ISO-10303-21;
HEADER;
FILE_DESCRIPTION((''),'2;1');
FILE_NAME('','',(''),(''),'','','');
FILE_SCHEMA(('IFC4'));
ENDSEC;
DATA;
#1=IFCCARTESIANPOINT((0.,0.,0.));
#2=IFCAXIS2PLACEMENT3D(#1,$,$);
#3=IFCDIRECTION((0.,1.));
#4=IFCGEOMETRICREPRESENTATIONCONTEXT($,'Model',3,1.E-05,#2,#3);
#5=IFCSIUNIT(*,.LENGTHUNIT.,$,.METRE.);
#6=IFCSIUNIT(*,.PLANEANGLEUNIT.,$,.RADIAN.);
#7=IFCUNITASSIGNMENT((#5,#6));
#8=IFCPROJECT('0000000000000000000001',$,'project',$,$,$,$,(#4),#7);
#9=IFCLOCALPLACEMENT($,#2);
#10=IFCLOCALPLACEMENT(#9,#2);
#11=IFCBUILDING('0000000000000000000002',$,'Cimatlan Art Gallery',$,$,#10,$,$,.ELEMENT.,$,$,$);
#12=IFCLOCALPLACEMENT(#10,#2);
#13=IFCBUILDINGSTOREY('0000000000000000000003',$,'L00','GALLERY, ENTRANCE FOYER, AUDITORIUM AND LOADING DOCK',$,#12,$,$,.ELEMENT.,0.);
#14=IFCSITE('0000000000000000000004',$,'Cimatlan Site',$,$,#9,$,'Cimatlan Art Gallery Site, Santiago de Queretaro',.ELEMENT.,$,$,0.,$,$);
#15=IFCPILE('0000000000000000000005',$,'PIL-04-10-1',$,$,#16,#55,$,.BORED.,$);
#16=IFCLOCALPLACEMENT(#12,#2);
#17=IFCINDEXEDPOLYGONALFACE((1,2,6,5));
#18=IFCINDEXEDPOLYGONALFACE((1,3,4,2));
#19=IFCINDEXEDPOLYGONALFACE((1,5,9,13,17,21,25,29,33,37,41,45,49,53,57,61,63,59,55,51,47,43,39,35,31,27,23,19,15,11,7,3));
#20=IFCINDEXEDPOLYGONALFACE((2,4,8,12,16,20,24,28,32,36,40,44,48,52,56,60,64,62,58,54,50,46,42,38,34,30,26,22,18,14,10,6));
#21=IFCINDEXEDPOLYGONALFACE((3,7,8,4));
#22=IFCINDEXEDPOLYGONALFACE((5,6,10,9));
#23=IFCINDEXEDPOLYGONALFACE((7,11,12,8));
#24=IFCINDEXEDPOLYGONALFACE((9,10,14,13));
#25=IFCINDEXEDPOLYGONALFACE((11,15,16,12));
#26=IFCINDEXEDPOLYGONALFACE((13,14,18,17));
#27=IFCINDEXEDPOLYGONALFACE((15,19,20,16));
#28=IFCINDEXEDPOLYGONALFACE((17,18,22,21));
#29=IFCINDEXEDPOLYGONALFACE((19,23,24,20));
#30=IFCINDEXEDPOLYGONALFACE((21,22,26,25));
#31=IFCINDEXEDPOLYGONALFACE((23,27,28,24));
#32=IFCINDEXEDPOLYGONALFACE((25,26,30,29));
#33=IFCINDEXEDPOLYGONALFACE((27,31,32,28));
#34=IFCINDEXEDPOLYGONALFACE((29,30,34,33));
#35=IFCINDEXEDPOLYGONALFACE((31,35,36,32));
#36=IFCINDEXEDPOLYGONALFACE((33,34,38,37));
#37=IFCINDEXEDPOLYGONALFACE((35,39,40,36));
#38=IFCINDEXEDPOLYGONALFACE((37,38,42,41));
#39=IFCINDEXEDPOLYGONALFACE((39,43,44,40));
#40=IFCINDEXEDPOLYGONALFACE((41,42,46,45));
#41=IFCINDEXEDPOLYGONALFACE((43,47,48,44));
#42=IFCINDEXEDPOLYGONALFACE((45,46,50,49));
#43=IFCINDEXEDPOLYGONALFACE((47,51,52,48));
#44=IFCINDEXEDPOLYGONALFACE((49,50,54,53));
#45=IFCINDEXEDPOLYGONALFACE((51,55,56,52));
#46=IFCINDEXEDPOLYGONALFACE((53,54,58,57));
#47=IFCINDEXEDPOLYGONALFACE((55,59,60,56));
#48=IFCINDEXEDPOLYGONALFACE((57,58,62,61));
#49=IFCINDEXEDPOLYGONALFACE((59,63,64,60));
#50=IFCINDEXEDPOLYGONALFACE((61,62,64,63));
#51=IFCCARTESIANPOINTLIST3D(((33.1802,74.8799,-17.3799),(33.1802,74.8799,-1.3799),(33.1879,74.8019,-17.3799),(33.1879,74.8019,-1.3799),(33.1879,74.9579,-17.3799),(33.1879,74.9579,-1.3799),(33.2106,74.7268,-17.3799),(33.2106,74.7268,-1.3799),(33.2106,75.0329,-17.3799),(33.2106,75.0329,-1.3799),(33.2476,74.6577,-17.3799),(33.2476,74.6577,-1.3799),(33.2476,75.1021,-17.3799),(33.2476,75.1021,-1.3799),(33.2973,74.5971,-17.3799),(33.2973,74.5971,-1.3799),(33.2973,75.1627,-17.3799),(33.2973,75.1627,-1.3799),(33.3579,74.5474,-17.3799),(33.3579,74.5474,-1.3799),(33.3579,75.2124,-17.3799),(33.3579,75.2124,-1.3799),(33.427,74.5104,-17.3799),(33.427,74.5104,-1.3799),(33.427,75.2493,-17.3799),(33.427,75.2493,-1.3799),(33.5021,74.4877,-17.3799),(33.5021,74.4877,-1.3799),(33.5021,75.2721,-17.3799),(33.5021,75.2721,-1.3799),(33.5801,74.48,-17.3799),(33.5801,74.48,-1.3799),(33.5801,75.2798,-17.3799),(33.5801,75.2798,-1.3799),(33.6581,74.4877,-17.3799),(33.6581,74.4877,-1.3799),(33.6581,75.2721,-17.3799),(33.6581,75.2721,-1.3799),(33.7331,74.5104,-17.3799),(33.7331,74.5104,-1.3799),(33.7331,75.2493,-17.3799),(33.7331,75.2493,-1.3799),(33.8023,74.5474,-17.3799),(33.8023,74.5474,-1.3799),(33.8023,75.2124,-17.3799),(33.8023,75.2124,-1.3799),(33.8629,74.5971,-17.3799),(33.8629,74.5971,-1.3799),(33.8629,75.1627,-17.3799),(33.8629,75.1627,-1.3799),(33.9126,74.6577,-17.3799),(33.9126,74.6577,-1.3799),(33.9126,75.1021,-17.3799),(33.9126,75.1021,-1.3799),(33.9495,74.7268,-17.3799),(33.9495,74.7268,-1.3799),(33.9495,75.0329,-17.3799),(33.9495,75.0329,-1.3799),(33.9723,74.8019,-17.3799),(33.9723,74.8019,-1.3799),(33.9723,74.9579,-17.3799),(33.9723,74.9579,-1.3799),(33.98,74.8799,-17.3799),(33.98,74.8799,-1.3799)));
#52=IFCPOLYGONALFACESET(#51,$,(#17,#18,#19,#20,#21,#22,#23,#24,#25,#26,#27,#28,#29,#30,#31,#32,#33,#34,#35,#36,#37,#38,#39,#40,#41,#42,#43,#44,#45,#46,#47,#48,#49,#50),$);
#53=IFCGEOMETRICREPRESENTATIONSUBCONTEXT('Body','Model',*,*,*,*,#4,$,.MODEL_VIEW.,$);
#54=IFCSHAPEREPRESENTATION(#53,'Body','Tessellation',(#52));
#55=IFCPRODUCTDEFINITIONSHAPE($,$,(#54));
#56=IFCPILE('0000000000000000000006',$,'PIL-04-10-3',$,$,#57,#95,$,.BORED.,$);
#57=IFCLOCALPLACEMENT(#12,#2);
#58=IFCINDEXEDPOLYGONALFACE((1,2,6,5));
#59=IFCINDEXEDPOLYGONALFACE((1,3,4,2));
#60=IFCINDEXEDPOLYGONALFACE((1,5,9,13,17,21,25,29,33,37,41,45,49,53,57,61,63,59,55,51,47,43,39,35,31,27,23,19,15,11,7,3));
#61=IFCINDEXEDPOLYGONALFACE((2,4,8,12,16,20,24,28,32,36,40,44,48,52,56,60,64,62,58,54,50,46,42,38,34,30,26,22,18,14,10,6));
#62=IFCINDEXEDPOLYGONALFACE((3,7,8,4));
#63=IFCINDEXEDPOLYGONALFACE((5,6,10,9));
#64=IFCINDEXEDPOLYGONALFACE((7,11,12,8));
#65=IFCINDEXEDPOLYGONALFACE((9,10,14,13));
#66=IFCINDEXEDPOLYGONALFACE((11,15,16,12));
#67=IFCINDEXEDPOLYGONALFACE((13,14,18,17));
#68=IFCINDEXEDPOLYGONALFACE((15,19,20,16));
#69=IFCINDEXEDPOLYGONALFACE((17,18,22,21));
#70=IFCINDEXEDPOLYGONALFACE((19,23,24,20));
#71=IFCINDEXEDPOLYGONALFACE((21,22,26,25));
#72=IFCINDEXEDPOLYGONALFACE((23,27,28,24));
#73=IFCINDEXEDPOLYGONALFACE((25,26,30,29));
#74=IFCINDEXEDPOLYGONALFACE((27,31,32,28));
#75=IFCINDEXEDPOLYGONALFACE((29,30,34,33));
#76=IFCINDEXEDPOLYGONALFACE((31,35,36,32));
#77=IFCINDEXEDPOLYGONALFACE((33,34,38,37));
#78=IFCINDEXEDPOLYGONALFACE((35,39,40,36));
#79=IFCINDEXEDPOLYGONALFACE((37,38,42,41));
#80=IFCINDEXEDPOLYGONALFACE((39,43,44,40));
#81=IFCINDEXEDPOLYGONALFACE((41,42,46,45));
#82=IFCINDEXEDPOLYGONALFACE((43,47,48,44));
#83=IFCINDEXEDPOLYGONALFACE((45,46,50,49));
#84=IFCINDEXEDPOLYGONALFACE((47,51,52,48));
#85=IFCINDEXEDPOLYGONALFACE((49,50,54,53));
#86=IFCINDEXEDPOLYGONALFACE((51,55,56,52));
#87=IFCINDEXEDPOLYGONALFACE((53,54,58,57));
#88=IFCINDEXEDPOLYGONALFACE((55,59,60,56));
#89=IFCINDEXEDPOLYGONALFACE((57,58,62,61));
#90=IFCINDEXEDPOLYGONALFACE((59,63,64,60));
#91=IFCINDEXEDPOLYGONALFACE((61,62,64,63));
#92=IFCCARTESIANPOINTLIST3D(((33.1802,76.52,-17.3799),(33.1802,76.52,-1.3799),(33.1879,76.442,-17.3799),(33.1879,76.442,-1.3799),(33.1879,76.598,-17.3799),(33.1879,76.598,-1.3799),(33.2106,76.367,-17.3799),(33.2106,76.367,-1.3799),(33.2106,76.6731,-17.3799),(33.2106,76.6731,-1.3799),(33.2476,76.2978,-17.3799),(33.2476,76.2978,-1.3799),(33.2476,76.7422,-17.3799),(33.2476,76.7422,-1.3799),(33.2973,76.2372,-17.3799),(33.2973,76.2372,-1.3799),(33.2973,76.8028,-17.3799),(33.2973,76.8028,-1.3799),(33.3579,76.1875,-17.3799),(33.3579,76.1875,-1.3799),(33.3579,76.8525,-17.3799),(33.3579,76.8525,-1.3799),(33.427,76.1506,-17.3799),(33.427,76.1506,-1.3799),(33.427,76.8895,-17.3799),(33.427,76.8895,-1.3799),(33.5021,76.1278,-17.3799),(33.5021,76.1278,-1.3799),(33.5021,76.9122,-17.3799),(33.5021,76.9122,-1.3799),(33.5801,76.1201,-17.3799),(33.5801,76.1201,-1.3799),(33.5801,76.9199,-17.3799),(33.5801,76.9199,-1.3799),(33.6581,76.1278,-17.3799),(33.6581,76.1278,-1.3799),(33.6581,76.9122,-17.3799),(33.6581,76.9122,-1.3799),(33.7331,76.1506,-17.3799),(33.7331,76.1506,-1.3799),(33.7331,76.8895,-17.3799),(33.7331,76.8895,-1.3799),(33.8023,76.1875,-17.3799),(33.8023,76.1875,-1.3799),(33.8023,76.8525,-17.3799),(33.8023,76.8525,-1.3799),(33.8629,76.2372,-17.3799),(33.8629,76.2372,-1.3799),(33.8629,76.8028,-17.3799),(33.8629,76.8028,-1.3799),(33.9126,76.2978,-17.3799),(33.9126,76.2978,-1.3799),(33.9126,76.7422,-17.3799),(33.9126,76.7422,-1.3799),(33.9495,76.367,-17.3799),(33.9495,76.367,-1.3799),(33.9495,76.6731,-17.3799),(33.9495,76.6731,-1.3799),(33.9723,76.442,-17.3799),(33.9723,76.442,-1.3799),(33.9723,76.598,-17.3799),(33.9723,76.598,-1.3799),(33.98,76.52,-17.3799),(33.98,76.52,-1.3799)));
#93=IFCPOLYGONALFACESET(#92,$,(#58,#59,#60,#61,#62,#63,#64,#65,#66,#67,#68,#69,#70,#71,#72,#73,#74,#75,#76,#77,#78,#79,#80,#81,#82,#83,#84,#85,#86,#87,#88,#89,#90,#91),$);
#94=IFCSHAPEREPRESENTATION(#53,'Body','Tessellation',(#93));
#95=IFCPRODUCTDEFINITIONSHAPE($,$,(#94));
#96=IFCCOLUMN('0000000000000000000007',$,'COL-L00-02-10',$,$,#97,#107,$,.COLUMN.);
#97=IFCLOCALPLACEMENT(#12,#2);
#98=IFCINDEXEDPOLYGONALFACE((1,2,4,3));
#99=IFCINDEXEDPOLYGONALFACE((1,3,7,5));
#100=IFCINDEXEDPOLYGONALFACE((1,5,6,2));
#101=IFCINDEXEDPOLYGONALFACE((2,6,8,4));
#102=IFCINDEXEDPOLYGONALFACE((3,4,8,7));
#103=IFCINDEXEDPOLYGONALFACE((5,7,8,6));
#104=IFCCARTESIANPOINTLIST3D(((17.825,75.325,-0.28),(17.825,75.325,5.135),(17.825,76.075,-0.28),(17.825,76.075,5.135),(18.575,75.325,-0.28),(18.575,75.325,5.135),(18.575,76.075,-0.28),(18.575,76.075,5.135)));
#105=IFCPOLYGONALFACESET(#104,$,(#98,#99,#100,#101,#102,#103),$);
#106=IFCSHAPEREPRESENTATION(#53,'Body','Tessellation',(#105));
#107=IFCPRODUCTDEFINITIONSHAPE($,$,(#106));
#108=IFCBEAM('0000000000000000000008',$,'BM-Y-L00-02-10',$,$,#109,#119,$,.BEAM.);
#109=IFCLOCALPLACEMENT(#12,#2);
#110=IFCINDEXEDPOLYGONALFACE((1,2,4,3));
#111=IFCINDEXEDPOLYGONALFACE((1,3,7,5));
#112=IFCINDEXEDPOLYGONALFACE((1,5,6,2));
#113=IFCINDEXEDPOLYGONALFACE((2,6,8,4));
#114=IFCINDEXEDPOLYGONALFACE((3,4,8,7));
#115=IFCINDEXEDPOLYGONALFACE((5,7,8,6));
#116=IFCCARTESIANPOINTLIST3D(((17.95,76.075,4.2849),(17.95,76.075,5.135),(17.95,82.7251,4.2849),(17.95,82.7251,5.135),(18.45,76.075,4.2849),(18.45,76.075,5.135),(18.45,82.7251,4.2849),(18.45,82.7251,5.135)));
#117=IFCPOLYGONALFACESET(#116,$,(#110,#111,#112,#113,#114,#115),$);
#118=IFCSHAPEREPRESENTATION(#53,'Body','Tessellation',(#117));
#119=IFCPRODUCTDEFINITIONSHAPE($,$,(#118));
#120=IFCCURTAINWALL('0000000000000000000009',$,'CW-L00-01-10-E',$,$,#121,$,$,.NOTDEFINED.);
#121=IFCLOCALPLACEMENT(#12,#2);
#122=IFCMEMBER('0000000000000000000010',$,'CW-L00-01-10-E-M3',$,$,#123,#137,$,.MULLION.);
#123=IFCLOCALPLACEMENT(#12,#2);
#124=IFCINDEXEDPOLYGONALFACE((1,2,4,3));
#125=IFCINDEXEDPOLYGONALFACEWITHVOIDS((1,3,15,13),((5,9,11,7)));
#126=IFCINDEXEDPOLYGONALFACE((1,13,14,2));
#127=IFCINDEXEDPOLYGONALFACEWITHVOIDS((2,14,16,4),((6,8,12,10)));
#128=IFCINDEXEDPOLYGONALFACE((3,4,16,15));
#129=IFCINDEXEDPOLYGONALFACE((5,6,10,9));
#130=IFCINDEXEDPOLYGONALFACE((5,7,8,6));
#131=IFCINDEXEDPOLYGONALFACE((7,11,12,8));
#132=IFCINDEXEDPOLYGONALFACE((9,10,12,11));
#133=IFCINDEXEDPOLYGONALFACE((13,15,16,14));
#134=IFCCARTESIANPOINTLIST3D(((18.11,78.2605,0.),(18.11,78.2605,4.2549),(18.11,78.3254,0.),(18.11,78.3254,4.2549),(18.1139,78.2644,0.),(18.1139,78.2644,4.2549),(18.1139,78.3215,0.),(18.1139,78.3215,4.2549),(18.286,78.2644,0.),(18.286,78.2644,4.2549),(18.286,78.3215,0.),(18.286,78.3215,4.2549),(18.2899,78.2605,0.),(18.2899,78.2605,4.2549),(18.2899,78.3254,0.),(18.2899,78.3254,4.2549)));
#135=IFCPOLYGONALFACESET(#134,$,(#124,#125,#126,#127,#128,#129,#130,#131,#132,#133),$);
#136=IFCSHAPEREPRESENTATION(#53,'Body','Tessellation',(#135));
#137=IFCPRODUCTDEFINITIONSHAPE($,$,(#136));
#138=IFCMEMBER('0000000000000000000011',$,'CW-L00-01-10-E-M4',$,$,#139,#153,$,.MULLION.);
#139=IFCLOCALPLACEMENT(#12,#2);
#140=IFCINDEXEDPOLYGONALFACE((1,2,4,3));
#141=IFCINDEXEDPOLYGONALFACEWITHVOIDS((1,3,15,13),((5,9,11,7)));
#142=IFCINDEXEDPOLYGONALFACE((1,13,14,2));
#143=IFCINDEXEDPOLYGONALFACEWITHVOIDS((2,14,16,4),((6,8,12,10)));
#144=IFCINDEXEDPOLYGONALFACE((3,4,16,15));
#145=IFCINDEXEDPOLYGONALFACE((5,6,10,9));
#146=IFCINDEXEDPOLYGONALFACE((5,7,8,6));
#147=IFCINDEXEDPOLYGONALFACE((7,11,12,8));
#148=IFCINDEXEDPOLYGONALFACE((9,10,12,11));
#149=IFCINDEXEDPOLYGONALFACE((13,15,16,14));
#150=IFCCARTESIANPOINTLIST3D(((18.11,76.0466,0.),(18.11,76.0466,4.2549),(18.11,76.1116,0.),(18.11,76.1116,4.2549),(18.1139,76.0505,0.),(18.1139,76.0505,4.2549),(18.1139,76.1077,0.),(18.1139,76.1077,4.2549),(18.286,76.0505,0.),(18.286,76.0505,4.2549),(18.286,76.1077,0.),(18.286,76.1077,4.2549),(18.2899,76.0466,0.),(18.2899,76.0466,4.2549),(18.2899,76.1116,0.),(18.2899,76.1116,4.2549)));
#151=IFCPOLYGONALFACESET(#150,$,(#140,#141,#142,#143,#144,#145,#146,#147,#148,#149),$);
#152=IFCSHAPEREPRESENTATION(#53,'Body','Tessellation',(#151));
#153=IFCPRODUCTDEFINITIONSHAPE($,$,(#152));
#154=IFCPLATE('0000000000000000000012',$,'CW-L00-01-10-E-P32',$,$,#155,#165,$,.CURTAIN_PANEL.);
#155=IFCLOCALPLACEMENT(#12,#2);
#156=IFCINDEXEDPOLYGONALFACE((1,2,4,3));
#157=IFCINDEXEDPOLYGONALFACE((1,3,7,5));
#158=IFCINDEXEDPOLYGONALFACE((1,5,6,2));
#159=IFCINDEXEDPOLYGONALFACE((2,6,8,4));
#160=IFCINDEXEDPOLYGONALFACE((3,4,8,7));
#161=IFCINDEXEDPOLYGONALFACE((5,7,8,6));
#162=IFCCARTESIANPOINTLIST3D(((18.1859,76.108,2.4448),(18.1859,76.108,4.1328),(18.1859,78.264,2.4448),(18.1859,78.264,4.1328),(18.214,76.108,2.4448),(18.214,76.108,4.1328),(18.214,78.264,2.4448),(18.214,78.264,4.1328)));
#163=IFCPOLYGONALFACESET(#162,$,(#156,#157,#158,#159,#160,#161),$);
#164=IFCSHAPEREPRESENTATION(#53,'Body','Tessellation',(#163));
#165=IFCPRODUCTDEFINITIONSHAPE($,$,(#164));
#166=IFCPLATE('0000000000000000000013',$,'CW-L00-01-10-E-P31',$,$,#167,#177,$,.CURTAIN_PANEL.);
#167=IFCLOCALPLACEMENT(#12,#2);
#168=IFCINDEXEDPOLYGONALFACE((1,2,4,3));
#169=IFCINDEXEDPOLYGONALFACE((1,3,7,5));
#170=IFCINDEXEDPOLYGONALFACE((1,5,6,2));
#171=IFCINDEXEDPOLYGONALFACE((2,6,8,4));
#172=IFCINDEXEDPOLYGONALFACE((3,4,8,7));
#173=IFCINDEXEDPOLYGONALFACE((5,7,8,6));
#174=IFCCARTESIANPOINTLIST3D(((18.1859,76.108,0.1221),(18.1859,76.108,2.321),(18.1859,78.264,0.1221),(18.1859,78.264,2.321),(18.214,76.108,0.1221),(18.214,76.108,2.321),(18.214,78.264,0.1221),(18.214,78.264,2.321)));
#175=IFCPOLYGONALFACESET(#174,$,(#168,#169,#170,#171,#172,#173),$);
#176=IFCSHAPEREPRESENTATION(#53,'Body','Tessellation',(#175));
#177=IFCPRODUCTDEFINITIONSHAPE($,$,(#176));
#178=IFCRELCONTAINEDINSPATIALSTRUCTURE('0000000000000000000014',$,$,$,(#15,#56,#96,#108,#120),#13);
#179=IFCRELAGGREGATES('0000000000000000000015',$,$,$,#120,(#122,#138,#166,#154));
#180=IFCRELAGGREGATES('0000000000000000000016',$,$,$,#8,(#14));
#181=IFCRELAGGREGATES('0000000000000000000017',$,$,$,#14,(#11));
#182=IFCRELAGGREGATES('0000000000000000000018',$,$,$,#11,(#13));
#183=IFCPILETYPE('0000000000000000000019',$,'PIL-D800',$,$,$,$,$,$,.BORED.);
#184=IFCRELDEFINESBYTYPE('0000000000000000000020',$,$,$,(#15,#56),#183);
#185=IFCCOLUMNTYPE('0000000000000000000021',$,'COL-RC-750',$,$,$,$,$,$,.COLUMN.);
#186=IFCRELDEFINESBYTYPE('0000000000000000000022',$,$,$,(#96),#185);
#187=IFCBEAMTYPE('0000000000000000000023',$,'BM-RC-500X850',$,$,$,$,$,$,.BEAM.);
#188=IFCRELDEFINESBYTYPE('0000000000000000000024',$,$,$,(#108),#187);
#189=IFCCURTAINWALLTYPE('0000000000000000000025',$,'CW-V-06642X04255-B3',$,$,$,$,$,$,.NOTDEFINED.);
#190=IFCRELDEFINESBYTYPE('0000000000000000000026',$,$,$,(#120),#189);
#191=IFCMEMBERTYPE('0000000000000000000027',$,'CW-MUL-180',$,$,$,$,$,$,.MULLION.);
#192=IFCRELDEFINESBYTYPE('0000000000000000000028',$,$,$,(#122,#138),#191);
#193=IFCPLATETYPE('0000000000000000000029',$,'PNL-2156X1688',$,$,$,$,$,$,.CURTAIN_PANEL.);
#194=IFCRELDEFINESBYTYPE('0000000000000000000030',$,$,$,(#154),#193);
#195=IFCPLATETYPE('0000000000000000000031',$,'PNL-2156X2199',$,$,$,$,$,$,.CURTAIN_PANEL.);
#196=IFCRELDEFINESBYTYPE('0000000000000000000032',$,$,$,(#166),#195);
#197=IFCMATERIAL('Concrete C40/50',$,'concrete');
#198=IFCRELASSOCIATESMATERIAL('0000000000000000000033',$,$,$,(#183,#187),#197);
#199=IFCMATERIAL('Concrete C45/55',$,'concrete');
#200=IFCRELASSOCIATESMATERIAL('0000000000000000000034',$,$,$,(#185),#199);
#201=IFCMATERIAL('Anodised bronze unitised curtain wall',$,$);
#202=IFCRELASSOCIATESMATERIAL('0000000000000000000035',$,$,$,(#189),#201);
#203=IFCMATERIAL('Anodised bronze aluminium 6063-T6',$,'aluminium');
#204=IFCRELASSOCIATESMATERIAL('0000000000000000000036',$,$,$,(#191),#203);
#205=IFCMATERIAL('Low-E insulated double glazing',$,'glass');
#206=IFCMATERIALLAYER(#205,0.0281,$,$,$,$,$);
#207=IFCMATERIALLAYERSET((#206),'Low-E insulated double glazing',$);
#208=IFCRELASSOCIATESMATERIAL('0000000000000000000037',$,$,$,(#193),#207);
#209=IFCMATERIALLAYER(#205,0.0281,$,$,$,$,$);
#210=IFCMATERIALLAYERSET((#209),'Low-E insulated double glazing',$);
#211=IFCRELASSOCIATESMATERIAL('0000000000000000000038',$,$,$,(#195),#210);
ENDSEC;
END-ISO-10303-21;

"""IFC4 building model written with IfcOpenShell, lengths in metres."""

from ifc_helpers import new_model, si_unit, direction, frame, origin, origin_2d, place, context, subcontext, project, spatial, rectangle, hollow_rectangle, circle, extrude, material, layer, layer_set, material_profile, profile_set, type_object, element, aggregate, save


model = new_model("IFC4")

# Units and contexts
model_context = context("Model", 3, precision=1e-05, world=origin(), true_north=direction((0.0, 1.0)))
body_context = subcontext(model_context, "Body", "Model", "MODEL_VIEW")
ifc_project = project(units=[si_unit("LENGTHUNIT", "METRE"), si_unit("PLANEANGLEUNIT", "RADIAN")], contexts=[model_context])

# Site, building, storey
site_placement = place(None, origin())
site = spatial("IfcSite", under=ifc_project, at=site_placement, Name="Cimatlan Site", LongName="Cimatlan Art Gallery Site, Santiago de Queretaro", CompositionType="ELEMENT", RefElevation=0.0)
building_placement = place(site_placement, origin())
building = spatial("IfcBuilding", under=site, at=building_placement, Name="Cimatlan Art Gallery", CompositionType="ELEMENT")
storey_placement = place(building_placement, origin())
storey = spatial("IfcBuildingStorey", under=building, at=storey_placement, Name="L00", Description="GALLERY, ENTRANCE FOYER, AUDITORIUM AND LOADING DOCK", CompositionType="ELEMENT", Elevation=0.0)

# Shared definitions
ifc_material_1 = material(Name="Concrete C40/50", Category="concrete")

# Piles
pile_type_1 = type_object("IfcPileType", Name="PIL-D800", PredefinedType="BORED", material=ifc_material_1)
for number, where, z_axis, x_axis, name in (
    (1, (33.5801, 74.8799, -1.3799), (0.0, 0.0, -1.0), (1.0, 0.0, 0.0), "PIL-04-10-1"),
    (2, (33.5801, 76.52, -1.3799), (0.0, 0.0, -1.0), (1.0, 0.0, 0.0), "PIL-04-10-3"),
):
    element("IfcPile", number, at=place(storey_placement, frame(where, z_axis=z_axis, x_axis=x_axis)), inside=storey, type_object=pile_type_1, Name=name, PredefinedType="BORED", context=body_context, shape_type="SweptSolid", body=[
        extrude(circle(Radius=0.3999, at=origin_2d()), origin(), (0.0, 0.0, 1.0), 16.0),
    ])

# Column
ifc_material_2 = material(Name="Concrete C45/55", Category="concrete")
ifc_material_profile_1 = material_profile(ifc_material_2, rectangle(XDim=0.75, YDim=0.75, at=origin_2d()), Name="RC750X750")
ifc_profile_set_1 = profile_set([ifc_material_profile_1], Name="Concrete C45/55")
column_type = type_object("IfcColumnType", Name="COL-RC-750", PredefinedType="COLUMN", material=ifc_profile_set_1)
column_placement = place(storey_placement, frame((18.2, 75.7, -0.28), z_axis=(0.0, 0.0, 1.0), x_axis=(1.0, 0.0, 0.0)))
element("IfcColumn", 3, at=column_placement, inside=storey, type_object=column_type, Name="COL-L00-02-10", PredefinedType="COLUMN", context=body_context, shape_type="SweptSolid", body=[
    extrude(rectangle(XDim=0.75, YDim=0.75, at=origin_2d()), origin(), (0.0, 0.0, 1.0), 5.415),
])

# Beam
ifc_material_profile_2 = material_profile(ifc_material_1, rectangle(XDim=0.5, YDim=0.8501, at=origin_2d()), Name="RC500X850")
ifc_profile_set_2 = profile_set([ifc_material_profile_2], Name="Concrete C40/50")
beam_type = type_object("IfcBeamType", Name="BM-RC-500X850", PredefinedType="BEAM", material=ifc_profile_set_2)
beam_placement = place(storey_placement, frame((18.2, 76.075, 4.71), z_axis=(0.0, 1.0, 0.0), x_axis=(-1.0, 0.0, 0.0)))
element("IfcBeam", 4, at=beam_placement, inside=storey, type_object=beam_type, Name="BM-Y-L00-02-10", PredefinedType="BEAM", context=body_context, shape_type="SweptSolid", body=[
    extrude(rectangle(XDim=0.5, YDim=0.8501, at=origin_2d()), origin(), (0.0, 0.0, 1.0), 6.6501),
])

# Curtain wall, members, plates
ifc_material_3 = material(Name="Anodised bronze unitised curtain wall")
curtain_wall_type = type_object("IfcCurtainWallType", Name="CW-V-06642X04255-B3", PredefinedType="NOTDEFINED", material=ifc_material_3)
curtain_wall_placement = place(storey_placement, origin())
curtain_wall = element("IfcCurtainWall", 5, at=curtain_wall_placement, inside=storey, type_object=curtain_wall_type, Name="CW-L00-01-10-E", PredefinedType="NOTDEFINED")
ifc_material_4 = material(Name="Anodised bronze aluminium 6063-T6", Category="aluminium")
ifc_material_profile_3 = material_profile(ifc_material_4, hollow_rectangle(XDim=0.0649, YDim=0.1799, WallThickness=0.0039, at=origin_2d()), Name="ALU65X180X4")
ifc_profile_set_3 = profile_set([ifc_material_profile_3], Name="Anodised bronze aluminium 6063-T6")
member_type = type_object("IfcMemberType", Name="CW-MUL-180", PredefinedType="MULLION", material=ifc_profile_set_3)
member_1_placement = place(storey_placement, frame((18.2, 78.293, 0.0), z_axis=(0.0, 0.0, 1.0), x_axis=(0.0, 1.0, 0.0)))
member_1 = element("IfcMember", 6, at=member_1_placement, type_object=member_type, Name="CW-L00-01-10-E-M3", PredefinedType="MULLION", context=body_context, shape_type="SweptSolid", body=[
    extrude(hollow_rectangle(XDim=0.0649, YDim=0.1799, WallThickness=0.0039, at=origin_2d()), origin(), (0.0, 0.0, 1.0), 4.2549),
])
member_2_placement = place(storey_placement, frame((18.2, 76.0791, 0.0), z_axis=(0.0, 0.0, 1.0), x_axis=(0.0, 1.0, 0.0)))
member_2 = element("IfcMember", 7, at=member_2_placement, type_object=member_type, Name="CW-L00-01-10-E-M4", PredefinedType="MULLION", context=body_context, shape_type="SweptSolid", body=[
    extrude(hollow_rectangle(XDim=0.0649, YDim=0.1799, WallThickness=0.0039, at=origin_2d()), origin(), (0.0, 0.0, 1.0), 4.2549),
])
ifc_material_5 = material(Name="Low-E insulated double glazing", Category="glass")
ifc_layer_1 = layer(ifc_material_5, 0.0281)
ifc_layer_set_1 = layer_set([ifc_layer_1], Name="Low-E insulated double glazing")
plate_type_1 = type_object("IfcPlateType", Name="PNL-2156X1688", PredefinedType="CURTAIN_PANEL", material=ifc_layer_set_1)
plate_1_placement = place(storey_placement, frame((18.2, 77.186, 2.4448), z_axis=(0.0, 0.0, 1.0), x_axis=(0.0, -1.0, 0.0)))
plate_1 = element("IfcPlate", 8, at=plate_1_placement, type_object=plate_type_1, Name="CW-L00-01-10-E-P32", PredefinedType="CURTAIN_PANEL", context=body_context, shape_type="SweptSolid", body=[
    extrude(rectangle(XDim=2.156, YDim=0.0281, at=origin_2d()), origin(), (0.0, 0.0, 1.0), 1.688),
])
ifc_layer_2 = layer(ifc_material_5, 0.0281)
ifc_layer_set_2 = layer_set([ifc_layer_2], Name="Low-E insulated double glazing")
plate_type_2 = type_object("IfcPlateType", Name="PNL-2156X2199", PredefinedType="CURTAIN_PANEL", material=ifc_layer_set_2)
plate_2_placement = place(storey_placement, frame((18.2, 77.186, 0.1221), z_axis=(0.0, 0.0, 1.0), x_axis=(0.0, -1.0, 0.0)))
plate_2 = element("IfcPlate", 9, at=plate_2_placement, type_object=plate_type_2, Name="CW-L00-01-10-E-P31", PredefinedType="CURTAIN_PANEL", context=body_context, shape_type="SweptSolid", body=[
    extrude(rectangle(XDim=2.156, YDim=0.0281, at=origin_2d()), origin(), (0.0, 0.0, 1.0), 2.199),
])
aggregate(curtain_wall, [member_1, member_2, plate_2, plate_1])

save(model, "model.ifc")
